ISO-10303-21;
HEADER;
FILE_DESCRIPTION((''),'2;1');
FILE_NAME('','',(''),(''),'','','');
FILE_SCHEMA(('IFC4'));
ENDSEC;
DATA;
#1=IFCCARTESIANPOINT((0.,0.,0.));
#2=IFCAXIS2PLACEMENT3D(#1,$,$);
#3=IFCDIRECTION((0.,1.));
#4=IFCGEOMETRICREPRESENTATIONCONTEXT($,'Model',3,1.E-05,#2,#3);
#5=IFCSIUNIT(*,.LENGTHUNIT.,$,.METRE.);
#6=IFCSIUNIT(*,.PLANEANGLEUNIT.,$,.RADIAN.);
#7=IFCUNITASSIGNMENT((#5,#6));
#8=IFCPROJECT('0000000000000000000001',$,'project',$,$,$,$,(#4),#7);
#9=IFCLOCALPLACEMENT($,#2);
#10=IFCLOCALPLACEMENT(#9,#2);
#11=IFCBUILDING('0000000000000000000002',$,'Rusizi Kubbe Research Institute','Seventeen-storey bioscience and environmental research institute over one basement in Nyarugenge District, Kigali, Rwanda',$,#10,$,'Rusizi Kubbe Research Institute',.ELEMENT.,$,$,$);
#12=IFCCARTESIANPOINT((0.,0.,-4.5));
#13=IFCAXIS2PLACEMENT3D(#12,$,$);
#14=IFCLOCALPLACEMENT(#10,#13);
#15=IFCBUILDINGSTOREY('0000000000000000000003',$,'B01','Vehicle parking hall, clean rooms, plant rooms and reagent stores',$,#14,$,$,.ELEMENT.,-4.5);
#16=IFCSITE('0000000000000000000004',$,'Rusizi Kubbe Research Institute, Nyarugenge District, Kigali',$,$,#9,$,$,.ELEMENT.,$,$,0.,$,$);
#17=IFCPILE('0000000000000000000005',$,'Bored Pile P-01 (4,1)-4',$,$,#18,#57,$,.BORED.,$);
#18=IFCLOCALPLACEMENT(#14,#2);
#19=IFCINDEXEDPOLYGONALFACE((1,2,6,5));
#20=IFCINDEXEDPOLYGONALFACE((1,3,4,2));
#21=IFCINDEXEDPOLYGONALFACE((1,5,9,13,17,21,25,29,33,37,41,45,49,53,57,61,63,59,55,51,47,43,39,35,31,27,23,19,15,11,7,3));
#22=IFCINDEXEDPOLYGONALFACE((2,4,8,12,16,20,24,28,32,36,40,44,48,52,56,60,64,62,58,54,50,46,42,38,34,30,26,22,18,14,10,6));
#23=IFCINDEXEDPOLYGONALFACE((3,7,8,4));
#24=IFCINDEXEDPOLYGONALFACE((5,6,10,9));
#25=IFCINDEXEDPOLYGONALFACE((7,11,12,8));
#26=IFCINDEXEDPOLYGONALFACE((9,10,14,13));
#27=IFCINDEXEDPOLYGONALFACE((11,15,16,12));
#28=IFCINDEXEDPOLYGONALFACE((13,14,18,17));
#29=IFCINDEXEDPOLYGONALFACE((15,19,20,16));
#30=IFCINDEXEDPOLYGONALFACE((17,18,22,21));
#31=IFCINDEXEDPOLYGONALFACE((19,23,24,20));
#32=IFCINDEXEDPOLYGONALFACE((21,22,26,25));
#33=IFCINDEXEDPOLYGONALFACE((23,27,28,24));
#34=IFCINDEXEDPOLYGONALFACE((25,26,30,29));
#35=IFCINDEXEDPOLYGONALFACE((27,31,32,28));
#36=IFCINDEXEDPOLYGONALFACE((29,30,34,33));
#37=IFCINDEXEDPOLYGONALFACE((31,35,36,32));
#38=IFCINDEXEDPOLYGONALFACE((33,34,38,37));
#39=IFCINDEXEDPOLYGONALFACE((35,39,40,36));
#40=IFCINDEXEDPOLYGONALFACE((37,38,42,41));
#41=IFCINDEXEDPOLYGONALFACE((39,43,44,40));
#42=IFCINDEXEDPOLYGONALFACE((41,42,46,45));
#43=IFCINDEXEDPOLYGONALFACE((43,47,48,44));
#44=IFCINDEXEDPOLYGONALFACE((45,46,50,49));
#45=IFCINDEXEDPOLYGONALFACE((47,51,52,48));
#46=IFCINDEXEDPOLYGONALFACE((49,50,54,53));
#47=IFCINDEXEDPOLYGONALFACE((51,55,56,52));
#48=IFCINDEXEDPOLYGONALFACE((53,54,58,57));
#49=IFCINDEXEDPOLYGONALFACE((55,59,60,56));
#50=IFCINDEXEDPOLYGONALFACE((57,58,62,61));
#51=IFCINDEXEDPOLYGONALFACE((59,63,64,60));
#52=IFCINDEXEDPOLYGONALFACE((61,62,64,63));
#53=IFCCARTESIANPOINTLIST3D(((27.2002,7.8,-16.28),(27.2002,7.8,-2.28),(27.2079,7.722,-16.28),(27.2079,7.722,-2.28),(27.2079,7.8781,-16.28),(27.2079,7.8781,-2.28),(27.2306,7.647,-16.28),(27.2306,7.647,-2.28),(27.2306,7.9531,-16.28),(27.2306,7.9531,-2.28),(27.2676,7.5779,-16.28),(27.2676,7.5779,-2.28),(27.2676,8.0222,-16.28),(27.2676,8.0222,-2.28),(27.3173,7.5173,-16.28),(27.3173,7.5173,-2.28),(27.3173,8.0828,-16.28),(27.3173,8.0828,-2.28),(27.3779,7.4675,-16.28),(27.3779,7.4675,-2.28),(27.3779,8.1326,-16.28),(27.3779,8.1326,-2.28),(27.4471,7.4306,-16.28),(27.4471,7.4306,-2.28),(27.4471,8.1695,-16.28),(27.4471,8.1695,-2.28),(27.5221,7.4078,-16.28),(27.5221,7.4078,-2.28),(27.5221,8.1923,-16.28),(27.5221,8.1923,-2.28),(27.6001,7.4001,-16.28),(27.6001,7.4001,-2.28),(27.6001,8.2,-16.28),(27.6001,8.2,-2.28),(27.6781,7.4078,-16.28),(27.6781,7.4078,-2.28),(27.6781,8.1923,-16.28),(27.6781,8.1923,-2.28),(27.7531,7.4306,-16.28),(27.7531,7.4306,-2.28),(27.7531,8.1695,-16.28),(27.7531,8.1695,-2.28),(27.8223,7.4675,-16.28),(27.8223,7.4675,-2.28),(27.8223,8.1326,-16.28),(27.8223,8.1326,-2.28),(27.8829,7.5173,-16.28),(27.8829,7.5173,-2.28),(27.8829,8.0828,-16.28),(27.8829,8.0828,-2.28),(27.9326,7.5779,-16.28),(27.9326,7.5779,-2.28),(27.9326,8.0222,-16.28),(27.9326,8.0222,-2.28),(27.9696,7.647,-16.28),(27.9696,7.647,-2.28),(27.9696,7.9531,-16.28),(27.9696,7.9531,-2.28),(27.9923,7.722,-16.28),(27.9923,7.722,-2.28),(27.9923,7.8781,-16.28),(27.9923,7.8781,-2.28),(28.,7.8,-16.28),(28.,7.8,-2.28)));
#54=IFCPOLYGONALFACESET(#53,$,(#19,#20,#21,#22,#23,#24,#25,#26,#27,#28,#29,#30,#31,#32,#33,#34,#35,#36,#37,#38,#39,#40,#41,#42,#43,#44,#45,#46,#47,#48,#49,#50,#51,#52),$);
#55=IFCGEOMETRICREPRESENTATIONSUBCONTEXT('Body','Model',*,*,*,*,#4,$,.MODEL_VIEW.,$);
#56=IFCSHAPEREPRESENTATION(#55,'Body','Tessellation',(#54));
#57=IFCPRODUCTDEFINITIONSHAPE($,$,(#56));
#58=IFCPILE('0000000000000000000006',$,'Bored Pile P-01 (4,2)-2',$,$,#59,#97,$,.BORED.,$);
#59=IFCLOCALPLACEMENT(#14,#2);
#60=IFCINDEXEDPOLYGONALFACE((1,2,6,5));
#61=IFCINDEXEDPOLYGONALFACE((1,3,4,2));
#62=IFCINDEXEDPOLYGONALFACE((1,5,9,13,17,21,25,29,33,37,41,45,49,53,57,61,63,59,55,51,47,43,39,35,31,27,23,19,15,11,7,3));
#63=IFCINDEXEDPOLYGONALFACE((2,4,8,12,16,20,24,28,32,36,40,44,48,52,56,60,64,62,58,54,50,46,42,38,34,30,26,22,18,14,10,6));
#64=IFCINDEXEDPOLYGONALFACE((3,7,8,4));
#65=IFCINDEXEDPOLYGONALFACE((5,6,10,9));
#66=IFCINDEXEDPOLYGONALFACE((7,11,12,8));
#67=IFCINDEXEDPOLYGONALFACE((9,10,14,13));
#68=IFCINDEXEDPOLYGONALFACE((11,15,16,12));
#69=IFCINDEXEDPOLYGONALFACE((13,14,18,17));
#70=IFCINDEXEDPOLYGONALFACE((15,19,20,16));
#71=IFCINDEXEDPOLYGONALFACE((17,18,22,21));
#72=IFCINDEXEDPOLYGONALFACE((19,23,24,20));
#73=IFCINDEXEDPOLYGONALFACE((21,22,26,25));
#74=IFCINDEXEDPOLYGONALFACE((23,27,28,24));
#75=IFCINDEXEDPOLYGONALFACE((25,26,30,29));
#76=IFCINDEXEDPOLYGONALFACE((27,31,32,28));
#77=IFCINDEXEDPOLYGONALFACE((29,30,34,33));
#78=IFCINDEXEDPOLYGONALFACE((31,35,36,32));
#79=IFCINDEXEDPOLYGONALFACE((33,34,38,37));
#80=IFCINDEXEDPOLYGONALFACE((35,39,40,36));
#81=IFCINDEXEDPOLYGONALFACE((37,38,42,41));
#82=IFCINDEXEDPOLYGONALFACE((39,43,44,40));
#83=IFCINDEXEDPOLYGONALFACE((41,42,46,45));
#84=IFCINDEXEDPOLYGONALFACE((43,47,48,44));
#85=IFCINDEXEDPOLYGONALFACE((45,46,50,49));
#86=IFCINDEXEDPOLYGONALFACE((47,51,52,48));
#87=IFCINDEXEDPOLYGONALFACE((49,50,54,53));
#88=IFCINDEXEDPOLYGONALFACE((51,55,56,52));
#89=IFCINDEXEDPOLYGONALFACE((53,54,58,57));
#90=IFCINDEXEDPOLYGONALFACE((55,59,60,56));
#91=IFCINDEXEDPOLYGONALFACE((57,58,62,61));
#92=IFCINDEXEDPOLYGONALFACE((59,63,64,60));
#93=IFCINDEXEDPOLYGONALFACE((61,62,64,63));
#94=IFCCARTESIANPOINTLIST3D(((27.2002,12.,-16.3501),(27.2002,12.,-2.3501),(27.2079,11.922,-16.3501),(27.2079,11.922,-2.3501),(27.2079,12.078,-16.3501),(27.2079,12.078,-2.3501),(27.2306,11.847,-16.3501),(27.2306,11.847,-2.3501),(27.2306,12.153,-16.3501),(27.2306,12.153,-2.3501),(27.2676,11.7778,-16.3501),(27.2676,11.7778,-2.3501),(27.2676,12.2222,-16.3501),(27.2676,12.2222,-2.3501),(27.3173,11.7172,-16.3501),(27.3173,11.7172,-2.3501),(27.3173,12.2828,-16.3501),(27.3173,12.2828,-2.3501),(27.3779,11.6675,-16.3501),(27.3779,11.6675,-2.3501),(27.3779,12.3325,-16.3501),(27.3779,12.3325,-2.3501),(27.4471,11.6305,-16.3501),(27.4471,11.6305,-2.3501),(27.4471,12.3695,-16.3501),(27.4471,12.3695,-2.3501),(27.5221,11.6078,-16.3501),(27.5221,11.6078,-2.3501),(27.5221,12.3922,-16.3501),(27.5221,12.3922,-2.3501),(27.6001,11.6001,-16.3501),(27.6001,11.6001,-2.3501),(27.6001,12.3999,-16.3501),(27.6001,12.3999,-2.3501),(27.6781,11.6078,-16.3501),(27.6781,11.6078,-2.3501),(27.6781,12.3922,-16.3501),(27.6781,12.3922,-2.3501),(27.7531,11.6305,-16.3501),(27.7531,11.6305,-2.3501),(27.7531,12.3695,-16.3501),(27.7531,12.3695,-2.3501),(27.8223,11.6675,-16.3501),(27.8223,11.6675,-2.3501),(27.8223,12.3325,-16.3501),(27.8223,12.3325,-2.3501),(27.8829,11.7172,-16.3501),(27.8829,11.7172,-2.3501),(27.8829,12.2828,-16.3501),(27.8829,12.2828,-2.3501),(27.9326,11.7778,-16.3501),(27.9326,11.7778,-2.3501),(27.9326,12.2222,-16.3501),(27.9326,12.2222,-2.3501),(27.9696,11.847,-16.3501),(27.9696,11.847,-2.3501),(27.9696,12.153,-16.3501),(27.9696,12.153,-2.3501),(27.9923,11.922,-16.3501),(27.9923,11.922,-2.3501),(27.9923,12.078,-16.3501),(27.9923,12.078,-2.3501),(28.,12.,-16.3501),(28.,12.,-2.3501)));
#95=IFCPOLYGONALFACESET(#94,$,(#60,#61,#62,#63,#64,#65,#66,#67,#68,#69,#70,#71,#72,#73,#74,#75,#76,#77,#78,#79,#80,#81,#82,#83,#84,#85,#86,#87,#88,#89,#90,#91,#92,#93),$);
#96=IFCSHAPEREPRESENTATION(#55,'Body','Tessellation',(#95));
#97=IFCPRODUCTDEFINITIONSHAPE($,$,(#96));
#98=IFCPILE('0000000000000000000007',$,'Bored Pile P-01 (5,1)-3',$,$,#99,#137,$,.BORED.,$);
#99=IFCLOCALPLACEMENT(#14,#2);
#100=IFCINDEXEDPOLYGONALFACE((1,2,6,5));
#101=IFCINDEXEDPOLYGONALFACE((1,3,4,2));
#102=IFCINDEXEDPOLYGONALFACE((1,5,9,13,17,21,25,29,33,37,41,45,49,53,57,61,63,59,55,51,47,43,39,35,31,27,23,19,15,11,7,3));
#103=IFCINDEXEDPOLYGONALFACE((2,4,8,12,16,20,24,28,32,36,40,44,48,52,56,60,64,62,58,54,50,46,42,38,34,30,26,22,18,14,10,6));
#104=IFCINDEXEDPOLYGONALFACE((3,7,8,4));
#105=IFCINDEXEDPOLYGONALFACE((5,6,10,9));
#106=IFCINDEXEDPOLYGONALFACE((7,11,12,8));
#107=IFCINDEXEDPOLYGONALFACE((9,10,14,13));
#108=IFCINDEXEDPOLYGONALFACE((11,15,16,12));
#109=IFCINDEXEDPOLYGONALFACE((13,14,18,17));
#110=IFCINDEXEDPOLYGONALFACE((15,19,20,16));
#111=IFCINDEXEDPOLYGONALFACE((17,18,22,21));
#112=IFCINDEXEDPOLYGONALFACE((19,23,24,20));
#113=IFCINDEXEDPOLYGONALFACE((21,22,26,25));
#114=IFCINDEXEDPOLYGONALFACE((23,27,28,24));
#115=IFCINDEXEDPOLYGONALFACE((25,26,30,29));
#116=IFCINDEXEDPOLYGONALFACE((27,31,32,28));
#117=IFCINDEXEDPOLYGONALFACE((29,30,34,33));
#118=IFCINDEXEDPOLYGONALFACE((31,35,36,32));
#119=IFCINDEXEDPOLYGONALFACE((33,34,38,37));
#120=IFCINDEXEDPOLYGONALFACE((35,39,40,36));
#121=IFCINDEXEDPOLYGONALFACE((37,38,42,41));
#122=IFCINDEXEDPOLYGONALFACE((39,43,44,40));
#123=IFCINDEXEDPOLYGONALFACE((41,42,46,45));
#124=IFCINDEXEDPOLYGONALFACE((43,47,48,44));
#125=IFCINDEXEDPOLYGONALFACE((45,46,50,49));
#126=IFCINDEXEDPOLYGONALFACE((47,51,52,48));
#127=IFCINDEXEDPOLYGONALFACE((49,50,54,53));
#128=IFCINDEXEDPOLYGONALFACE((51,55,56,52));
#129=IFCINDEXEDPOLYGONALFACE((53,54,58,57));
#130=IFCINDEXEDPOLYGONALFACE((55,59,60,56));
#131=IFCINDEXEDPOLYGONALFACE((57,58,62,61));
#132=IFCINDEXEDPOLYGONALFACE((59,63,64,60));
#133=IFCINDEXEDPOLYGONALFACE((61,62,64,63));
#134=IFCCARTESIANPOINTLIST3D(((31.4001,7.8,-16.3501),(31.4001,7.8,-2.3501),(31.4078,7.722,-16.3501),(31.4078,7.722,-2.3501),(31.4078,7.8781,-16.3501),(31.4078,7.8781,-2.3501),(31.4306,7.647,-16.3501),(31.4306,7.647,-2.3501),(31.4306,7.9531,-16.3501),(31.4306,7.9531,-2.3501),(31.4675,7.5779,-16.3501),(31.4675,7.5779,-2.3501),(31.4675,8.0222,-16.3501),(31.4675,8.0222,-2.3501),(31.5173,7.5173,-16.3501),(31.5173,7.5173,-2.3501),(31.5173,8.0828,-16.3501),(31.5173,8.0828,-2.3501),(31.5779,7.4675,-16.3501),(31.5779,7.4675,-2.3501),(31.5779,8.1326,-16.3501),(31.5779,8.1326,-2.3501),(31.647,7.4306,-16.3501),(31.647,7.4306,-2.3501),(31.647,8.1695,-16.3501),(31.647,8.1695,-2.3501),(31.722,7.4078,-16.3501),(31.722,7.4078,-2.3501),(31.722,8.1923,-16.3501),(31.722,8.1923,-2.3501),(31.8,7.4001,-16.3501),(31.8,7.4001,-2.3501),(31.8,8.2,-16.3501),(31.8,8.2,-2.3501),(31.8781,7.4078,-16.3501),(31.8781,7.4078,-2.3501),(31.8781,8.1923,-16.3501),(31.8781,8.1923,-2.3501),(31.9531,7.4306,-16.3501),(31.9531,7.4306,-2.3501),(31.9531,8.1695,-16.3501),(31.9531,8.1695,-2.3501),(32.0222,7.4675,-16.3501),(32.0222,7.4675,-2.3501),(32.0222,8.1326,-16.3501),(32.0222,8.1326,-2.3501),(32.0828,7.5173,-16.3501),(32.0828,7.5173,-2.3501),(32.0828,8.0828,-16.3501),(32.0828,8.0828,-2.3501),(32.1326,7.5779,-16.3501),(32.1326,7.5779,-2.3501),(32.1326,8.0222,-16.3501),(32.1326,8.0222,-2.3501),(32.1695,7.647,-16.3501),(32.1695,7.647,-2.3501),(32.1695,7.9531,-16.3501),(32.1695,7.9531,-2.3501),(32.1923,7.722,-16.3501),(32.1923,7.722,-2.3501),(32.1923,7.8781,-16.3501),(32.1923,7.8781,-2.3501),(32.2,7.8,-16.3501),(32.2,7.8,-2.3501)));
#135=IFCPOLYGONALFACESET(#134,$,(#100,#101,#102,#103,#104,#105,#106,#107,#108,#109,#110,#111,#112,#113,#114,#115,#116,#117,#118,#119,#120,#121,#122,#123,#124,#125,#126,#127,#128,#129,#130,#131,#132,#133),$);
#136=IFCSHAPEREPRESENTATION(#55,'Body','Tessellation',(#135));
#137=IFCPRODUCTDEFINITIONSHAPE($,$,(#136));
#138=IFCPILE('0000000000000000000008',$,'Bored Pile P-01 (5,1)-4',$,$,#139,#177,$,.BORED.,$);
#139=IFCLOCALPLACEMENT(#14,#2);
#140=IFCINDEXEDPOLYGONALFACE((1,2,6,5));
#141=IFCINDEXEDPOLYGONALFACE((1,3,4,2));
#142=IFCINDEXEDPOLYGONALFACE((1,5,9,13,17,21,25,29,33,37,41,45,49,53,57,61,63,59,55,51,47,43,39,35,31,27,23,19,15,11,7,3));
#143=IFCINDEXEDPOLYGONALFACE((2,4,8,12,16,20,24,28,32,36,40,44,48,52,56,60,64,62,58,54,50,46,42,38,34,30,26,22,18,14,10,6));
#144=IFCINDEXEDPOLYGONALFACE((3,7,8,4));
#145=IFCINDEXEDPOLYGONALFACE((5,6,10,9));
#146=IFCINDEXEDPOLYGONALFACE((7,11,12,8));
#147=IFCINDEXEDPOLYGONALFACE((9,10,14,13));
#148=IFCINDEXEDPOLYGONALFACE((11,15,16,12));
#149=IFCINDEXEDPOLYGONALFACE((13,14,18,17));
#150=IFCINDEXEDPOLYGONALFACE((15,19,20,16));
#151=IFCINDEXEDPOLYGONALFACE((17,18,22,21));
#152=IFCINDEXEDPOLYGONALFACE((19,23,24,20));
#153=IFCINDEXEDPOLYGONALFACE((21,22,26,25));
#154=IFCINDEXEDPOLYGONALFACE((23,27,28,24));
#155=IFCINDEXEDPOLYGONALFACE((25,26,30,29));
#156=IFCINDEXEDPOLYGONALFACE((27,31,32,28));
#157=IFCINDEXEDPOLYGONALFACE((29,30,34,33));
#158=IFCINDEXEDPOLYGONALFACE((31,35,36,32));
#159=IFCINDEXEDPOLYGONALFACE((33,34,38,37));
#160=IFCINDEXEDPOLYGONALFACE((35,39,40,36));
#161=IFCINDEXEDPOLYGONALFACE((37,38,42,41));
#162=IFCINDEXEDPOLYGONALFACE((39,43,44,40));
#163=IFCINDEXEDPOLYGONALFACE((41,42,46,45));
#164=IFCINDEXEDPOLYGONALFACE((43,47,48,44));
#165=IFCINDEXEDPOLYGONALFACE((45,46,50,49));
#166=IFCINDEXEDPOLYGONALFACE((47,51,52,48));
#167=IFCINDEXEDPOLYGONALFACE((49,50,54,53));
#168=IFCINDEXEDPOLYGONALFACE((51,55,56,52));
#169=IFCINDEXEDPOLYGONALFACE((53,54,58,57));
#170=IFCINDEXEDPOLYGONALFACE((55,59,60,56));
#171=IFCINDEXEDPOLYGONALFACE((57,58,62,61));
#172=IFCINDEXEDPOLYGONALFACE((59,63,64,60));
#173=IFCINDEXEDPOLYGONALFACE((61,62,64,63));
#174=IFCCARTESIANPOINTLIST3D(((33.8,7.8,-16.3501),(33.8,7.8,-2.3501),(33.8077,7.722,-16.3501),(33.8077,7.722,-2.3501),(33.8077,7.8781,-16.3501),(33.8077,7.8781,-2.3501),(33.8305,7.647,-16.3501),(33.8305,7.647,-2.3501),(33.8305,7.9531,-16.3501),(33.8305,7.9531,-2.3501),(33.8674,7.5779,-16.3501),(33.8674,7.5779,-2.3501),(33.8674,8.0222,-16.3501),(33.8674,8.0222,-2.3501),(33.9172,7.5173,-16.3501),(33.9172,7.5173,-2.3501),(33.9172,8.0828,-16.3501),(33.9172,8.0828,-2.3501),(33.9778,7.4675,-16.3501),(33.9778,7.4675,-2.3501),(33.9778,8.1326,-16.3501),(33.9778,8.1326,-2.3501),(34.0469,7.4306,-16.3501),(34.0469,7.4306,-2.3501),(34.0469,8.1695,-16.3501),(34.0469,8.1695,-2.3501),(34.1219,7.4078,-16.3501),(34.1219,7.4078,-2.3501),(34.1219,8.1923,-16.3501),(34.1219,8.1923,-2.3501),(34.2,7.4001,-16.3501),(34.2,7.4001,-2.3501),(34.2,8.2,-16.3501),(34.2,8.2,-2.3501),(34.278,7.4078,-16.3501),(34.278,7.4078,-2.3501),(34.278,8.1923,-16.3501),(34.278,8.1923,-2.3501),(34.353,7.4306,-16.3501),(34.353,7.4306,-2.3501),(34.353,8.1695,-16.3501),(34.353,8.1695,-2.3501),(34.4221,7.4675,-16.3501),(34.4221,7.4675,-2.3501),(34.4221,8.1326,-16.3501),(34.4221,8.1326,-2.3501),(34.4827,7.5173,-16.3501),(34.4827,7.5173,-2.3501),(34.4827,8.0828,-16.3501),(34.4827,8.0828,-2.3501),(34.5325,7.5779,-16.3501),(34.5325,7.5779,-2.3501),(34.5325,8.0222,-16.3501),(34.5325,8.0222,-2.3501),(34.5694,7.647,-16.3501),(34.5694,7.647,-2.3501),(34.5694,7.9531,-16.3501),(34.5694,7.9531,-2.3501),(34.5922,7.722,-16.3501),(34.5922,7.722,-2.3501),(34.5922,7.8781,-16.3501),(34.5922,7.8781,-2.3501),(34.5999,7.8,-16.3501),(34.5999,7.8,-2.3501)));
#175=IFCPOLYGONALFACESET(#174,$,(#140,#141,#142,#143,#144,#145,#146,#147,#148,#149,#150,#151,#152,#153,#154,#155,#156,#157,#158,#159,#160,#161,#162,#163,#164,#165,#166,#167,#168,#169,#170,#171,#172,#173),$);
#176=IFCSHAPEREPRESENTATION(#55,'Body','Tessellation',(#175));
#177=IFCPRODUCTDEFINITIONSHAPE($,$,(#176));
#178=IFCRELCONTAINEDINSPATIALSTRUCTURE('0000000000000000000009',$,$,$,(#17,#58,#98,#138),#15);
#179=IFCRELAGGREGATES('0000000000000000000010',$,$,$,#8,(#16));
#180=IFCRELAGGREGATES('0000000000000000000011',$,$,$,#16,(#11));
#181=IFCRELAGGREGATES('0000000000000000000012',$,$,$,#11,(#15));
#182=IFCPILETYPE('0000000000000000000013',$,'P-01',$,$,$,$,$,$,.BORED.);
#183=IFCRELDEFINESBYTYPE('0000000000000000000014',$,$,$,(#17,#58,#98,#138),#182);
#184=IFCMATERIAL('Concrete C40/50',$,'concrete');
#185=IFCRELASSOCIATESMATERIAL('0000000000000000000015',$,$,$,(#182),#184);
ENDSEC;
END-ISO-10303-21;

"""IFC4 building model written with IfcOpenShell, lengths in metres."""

from ifc_helpers import new_model, si_unit, direction, frame, origin, origin_2d, place, context, subcontext, project, spatial, circle, extrude, material, material_profile, profile_set, type_object, element, save


model = new_model("IFC4")

# Units and contexts
model_context = context("Model", 3, precision=1e-05, world=origin(), true_north=direction((0.0, 1.0)))
body_context = subcontext(model_context, "Body", "Model", "MODEL_VIEW")
ifc_project = project(units=[si_unit("LENGTHUNIT", "METRE"), si_unit("PLANEANGLEUNIT", "RADIAN")], contexts=[model_context])

# Site, building, storey
site_placement = place(None, origin())
site = spatial("IfcSite", under=ifc_project, at=site_placement, Name="Rusizi Kubbe Research Institute, Nyarugenge District, Kigali", CompositionType="ELEMENT", RefElevation=0.0)
building_placement = place(site_placement, origin())
building = spatial("IfcBuilding", under=site, at=building_placement, Name="Rusizi Kubbe Research Institute", Description="Seventeen-storey bioscience and environmental research institute over one basement in Nyarugenge District, Kigali, Rwanda", LongName="Rusizi Kubbe Research Institute", CompositionType="ELEMENT")
storey_placement = place(building_placement, frame((0.0, 0.0, -4.5)))
storey = spatial("IfcBuildingStorey", under=building, at=storey_placement, Name="B01", Description="Vehicle parking hall, clean rooms, plant rooms and reagent stores", CompositionType="ELEMENT", Elevation=-4.5)

# Piles
ifc_material_1 = material(Name="Concrete C40/50", Category="concrete")
ifc_material_profile_1 = material_profile(ifc_material_1, circle(Radius=0.3999, at=origin_2d()), Name="PILE-D800")
ifc_profile_set_1 = profile_set([ifc_material_profile_1], Name="Concrete C40/50")
pile_type_1 = type_object("IfcPileType", Name="P-01", PredefinedType="BORED", material=ifc_profile_set_1)
for number, where, z_axis, x_axis, name in (
    (1, (27.6001, 7.8, -2.28), (0.0, 0.0, -1.0), (1.0, 0.0, 0.0), "Bored Pile P-01 (4,1)-4"),
    (2, (27.6001, 12.0, -2.3501), (0.0, 0.0, -1.0), (1.0, 0.0, 0.0), "Bored Pile P-01 (4,2)-2"),
    (3, (31.8, 7.8, -2.3501), (0.0, 0.0, -1.0), (1.0, 0.0, 0.0), "Bored Pile P-01 (5,1)-3"),
    (4, (34.2, 7.8, -2.3501), (0.0, 0.0, -1.0), (1.0, 0.0, 0.0), "Bored Pile P-01 (5,1)-4"),
):
    element("IfcPile", number, at=place(storey_placement, frame(where, z_axis=z_axis, x_axis=x_axis)), inside=storey, type_object=pile_type_1, Name=name, PredefinedType="BORED", context=body_context, shape_type="SweptSolid", body=[
        extrude(circle(Radius=0.3999, at=origin_2d()), origin(), (0.0, 0.0, 1.0), 14.0),
    ])

save(model, "model.ifc")
